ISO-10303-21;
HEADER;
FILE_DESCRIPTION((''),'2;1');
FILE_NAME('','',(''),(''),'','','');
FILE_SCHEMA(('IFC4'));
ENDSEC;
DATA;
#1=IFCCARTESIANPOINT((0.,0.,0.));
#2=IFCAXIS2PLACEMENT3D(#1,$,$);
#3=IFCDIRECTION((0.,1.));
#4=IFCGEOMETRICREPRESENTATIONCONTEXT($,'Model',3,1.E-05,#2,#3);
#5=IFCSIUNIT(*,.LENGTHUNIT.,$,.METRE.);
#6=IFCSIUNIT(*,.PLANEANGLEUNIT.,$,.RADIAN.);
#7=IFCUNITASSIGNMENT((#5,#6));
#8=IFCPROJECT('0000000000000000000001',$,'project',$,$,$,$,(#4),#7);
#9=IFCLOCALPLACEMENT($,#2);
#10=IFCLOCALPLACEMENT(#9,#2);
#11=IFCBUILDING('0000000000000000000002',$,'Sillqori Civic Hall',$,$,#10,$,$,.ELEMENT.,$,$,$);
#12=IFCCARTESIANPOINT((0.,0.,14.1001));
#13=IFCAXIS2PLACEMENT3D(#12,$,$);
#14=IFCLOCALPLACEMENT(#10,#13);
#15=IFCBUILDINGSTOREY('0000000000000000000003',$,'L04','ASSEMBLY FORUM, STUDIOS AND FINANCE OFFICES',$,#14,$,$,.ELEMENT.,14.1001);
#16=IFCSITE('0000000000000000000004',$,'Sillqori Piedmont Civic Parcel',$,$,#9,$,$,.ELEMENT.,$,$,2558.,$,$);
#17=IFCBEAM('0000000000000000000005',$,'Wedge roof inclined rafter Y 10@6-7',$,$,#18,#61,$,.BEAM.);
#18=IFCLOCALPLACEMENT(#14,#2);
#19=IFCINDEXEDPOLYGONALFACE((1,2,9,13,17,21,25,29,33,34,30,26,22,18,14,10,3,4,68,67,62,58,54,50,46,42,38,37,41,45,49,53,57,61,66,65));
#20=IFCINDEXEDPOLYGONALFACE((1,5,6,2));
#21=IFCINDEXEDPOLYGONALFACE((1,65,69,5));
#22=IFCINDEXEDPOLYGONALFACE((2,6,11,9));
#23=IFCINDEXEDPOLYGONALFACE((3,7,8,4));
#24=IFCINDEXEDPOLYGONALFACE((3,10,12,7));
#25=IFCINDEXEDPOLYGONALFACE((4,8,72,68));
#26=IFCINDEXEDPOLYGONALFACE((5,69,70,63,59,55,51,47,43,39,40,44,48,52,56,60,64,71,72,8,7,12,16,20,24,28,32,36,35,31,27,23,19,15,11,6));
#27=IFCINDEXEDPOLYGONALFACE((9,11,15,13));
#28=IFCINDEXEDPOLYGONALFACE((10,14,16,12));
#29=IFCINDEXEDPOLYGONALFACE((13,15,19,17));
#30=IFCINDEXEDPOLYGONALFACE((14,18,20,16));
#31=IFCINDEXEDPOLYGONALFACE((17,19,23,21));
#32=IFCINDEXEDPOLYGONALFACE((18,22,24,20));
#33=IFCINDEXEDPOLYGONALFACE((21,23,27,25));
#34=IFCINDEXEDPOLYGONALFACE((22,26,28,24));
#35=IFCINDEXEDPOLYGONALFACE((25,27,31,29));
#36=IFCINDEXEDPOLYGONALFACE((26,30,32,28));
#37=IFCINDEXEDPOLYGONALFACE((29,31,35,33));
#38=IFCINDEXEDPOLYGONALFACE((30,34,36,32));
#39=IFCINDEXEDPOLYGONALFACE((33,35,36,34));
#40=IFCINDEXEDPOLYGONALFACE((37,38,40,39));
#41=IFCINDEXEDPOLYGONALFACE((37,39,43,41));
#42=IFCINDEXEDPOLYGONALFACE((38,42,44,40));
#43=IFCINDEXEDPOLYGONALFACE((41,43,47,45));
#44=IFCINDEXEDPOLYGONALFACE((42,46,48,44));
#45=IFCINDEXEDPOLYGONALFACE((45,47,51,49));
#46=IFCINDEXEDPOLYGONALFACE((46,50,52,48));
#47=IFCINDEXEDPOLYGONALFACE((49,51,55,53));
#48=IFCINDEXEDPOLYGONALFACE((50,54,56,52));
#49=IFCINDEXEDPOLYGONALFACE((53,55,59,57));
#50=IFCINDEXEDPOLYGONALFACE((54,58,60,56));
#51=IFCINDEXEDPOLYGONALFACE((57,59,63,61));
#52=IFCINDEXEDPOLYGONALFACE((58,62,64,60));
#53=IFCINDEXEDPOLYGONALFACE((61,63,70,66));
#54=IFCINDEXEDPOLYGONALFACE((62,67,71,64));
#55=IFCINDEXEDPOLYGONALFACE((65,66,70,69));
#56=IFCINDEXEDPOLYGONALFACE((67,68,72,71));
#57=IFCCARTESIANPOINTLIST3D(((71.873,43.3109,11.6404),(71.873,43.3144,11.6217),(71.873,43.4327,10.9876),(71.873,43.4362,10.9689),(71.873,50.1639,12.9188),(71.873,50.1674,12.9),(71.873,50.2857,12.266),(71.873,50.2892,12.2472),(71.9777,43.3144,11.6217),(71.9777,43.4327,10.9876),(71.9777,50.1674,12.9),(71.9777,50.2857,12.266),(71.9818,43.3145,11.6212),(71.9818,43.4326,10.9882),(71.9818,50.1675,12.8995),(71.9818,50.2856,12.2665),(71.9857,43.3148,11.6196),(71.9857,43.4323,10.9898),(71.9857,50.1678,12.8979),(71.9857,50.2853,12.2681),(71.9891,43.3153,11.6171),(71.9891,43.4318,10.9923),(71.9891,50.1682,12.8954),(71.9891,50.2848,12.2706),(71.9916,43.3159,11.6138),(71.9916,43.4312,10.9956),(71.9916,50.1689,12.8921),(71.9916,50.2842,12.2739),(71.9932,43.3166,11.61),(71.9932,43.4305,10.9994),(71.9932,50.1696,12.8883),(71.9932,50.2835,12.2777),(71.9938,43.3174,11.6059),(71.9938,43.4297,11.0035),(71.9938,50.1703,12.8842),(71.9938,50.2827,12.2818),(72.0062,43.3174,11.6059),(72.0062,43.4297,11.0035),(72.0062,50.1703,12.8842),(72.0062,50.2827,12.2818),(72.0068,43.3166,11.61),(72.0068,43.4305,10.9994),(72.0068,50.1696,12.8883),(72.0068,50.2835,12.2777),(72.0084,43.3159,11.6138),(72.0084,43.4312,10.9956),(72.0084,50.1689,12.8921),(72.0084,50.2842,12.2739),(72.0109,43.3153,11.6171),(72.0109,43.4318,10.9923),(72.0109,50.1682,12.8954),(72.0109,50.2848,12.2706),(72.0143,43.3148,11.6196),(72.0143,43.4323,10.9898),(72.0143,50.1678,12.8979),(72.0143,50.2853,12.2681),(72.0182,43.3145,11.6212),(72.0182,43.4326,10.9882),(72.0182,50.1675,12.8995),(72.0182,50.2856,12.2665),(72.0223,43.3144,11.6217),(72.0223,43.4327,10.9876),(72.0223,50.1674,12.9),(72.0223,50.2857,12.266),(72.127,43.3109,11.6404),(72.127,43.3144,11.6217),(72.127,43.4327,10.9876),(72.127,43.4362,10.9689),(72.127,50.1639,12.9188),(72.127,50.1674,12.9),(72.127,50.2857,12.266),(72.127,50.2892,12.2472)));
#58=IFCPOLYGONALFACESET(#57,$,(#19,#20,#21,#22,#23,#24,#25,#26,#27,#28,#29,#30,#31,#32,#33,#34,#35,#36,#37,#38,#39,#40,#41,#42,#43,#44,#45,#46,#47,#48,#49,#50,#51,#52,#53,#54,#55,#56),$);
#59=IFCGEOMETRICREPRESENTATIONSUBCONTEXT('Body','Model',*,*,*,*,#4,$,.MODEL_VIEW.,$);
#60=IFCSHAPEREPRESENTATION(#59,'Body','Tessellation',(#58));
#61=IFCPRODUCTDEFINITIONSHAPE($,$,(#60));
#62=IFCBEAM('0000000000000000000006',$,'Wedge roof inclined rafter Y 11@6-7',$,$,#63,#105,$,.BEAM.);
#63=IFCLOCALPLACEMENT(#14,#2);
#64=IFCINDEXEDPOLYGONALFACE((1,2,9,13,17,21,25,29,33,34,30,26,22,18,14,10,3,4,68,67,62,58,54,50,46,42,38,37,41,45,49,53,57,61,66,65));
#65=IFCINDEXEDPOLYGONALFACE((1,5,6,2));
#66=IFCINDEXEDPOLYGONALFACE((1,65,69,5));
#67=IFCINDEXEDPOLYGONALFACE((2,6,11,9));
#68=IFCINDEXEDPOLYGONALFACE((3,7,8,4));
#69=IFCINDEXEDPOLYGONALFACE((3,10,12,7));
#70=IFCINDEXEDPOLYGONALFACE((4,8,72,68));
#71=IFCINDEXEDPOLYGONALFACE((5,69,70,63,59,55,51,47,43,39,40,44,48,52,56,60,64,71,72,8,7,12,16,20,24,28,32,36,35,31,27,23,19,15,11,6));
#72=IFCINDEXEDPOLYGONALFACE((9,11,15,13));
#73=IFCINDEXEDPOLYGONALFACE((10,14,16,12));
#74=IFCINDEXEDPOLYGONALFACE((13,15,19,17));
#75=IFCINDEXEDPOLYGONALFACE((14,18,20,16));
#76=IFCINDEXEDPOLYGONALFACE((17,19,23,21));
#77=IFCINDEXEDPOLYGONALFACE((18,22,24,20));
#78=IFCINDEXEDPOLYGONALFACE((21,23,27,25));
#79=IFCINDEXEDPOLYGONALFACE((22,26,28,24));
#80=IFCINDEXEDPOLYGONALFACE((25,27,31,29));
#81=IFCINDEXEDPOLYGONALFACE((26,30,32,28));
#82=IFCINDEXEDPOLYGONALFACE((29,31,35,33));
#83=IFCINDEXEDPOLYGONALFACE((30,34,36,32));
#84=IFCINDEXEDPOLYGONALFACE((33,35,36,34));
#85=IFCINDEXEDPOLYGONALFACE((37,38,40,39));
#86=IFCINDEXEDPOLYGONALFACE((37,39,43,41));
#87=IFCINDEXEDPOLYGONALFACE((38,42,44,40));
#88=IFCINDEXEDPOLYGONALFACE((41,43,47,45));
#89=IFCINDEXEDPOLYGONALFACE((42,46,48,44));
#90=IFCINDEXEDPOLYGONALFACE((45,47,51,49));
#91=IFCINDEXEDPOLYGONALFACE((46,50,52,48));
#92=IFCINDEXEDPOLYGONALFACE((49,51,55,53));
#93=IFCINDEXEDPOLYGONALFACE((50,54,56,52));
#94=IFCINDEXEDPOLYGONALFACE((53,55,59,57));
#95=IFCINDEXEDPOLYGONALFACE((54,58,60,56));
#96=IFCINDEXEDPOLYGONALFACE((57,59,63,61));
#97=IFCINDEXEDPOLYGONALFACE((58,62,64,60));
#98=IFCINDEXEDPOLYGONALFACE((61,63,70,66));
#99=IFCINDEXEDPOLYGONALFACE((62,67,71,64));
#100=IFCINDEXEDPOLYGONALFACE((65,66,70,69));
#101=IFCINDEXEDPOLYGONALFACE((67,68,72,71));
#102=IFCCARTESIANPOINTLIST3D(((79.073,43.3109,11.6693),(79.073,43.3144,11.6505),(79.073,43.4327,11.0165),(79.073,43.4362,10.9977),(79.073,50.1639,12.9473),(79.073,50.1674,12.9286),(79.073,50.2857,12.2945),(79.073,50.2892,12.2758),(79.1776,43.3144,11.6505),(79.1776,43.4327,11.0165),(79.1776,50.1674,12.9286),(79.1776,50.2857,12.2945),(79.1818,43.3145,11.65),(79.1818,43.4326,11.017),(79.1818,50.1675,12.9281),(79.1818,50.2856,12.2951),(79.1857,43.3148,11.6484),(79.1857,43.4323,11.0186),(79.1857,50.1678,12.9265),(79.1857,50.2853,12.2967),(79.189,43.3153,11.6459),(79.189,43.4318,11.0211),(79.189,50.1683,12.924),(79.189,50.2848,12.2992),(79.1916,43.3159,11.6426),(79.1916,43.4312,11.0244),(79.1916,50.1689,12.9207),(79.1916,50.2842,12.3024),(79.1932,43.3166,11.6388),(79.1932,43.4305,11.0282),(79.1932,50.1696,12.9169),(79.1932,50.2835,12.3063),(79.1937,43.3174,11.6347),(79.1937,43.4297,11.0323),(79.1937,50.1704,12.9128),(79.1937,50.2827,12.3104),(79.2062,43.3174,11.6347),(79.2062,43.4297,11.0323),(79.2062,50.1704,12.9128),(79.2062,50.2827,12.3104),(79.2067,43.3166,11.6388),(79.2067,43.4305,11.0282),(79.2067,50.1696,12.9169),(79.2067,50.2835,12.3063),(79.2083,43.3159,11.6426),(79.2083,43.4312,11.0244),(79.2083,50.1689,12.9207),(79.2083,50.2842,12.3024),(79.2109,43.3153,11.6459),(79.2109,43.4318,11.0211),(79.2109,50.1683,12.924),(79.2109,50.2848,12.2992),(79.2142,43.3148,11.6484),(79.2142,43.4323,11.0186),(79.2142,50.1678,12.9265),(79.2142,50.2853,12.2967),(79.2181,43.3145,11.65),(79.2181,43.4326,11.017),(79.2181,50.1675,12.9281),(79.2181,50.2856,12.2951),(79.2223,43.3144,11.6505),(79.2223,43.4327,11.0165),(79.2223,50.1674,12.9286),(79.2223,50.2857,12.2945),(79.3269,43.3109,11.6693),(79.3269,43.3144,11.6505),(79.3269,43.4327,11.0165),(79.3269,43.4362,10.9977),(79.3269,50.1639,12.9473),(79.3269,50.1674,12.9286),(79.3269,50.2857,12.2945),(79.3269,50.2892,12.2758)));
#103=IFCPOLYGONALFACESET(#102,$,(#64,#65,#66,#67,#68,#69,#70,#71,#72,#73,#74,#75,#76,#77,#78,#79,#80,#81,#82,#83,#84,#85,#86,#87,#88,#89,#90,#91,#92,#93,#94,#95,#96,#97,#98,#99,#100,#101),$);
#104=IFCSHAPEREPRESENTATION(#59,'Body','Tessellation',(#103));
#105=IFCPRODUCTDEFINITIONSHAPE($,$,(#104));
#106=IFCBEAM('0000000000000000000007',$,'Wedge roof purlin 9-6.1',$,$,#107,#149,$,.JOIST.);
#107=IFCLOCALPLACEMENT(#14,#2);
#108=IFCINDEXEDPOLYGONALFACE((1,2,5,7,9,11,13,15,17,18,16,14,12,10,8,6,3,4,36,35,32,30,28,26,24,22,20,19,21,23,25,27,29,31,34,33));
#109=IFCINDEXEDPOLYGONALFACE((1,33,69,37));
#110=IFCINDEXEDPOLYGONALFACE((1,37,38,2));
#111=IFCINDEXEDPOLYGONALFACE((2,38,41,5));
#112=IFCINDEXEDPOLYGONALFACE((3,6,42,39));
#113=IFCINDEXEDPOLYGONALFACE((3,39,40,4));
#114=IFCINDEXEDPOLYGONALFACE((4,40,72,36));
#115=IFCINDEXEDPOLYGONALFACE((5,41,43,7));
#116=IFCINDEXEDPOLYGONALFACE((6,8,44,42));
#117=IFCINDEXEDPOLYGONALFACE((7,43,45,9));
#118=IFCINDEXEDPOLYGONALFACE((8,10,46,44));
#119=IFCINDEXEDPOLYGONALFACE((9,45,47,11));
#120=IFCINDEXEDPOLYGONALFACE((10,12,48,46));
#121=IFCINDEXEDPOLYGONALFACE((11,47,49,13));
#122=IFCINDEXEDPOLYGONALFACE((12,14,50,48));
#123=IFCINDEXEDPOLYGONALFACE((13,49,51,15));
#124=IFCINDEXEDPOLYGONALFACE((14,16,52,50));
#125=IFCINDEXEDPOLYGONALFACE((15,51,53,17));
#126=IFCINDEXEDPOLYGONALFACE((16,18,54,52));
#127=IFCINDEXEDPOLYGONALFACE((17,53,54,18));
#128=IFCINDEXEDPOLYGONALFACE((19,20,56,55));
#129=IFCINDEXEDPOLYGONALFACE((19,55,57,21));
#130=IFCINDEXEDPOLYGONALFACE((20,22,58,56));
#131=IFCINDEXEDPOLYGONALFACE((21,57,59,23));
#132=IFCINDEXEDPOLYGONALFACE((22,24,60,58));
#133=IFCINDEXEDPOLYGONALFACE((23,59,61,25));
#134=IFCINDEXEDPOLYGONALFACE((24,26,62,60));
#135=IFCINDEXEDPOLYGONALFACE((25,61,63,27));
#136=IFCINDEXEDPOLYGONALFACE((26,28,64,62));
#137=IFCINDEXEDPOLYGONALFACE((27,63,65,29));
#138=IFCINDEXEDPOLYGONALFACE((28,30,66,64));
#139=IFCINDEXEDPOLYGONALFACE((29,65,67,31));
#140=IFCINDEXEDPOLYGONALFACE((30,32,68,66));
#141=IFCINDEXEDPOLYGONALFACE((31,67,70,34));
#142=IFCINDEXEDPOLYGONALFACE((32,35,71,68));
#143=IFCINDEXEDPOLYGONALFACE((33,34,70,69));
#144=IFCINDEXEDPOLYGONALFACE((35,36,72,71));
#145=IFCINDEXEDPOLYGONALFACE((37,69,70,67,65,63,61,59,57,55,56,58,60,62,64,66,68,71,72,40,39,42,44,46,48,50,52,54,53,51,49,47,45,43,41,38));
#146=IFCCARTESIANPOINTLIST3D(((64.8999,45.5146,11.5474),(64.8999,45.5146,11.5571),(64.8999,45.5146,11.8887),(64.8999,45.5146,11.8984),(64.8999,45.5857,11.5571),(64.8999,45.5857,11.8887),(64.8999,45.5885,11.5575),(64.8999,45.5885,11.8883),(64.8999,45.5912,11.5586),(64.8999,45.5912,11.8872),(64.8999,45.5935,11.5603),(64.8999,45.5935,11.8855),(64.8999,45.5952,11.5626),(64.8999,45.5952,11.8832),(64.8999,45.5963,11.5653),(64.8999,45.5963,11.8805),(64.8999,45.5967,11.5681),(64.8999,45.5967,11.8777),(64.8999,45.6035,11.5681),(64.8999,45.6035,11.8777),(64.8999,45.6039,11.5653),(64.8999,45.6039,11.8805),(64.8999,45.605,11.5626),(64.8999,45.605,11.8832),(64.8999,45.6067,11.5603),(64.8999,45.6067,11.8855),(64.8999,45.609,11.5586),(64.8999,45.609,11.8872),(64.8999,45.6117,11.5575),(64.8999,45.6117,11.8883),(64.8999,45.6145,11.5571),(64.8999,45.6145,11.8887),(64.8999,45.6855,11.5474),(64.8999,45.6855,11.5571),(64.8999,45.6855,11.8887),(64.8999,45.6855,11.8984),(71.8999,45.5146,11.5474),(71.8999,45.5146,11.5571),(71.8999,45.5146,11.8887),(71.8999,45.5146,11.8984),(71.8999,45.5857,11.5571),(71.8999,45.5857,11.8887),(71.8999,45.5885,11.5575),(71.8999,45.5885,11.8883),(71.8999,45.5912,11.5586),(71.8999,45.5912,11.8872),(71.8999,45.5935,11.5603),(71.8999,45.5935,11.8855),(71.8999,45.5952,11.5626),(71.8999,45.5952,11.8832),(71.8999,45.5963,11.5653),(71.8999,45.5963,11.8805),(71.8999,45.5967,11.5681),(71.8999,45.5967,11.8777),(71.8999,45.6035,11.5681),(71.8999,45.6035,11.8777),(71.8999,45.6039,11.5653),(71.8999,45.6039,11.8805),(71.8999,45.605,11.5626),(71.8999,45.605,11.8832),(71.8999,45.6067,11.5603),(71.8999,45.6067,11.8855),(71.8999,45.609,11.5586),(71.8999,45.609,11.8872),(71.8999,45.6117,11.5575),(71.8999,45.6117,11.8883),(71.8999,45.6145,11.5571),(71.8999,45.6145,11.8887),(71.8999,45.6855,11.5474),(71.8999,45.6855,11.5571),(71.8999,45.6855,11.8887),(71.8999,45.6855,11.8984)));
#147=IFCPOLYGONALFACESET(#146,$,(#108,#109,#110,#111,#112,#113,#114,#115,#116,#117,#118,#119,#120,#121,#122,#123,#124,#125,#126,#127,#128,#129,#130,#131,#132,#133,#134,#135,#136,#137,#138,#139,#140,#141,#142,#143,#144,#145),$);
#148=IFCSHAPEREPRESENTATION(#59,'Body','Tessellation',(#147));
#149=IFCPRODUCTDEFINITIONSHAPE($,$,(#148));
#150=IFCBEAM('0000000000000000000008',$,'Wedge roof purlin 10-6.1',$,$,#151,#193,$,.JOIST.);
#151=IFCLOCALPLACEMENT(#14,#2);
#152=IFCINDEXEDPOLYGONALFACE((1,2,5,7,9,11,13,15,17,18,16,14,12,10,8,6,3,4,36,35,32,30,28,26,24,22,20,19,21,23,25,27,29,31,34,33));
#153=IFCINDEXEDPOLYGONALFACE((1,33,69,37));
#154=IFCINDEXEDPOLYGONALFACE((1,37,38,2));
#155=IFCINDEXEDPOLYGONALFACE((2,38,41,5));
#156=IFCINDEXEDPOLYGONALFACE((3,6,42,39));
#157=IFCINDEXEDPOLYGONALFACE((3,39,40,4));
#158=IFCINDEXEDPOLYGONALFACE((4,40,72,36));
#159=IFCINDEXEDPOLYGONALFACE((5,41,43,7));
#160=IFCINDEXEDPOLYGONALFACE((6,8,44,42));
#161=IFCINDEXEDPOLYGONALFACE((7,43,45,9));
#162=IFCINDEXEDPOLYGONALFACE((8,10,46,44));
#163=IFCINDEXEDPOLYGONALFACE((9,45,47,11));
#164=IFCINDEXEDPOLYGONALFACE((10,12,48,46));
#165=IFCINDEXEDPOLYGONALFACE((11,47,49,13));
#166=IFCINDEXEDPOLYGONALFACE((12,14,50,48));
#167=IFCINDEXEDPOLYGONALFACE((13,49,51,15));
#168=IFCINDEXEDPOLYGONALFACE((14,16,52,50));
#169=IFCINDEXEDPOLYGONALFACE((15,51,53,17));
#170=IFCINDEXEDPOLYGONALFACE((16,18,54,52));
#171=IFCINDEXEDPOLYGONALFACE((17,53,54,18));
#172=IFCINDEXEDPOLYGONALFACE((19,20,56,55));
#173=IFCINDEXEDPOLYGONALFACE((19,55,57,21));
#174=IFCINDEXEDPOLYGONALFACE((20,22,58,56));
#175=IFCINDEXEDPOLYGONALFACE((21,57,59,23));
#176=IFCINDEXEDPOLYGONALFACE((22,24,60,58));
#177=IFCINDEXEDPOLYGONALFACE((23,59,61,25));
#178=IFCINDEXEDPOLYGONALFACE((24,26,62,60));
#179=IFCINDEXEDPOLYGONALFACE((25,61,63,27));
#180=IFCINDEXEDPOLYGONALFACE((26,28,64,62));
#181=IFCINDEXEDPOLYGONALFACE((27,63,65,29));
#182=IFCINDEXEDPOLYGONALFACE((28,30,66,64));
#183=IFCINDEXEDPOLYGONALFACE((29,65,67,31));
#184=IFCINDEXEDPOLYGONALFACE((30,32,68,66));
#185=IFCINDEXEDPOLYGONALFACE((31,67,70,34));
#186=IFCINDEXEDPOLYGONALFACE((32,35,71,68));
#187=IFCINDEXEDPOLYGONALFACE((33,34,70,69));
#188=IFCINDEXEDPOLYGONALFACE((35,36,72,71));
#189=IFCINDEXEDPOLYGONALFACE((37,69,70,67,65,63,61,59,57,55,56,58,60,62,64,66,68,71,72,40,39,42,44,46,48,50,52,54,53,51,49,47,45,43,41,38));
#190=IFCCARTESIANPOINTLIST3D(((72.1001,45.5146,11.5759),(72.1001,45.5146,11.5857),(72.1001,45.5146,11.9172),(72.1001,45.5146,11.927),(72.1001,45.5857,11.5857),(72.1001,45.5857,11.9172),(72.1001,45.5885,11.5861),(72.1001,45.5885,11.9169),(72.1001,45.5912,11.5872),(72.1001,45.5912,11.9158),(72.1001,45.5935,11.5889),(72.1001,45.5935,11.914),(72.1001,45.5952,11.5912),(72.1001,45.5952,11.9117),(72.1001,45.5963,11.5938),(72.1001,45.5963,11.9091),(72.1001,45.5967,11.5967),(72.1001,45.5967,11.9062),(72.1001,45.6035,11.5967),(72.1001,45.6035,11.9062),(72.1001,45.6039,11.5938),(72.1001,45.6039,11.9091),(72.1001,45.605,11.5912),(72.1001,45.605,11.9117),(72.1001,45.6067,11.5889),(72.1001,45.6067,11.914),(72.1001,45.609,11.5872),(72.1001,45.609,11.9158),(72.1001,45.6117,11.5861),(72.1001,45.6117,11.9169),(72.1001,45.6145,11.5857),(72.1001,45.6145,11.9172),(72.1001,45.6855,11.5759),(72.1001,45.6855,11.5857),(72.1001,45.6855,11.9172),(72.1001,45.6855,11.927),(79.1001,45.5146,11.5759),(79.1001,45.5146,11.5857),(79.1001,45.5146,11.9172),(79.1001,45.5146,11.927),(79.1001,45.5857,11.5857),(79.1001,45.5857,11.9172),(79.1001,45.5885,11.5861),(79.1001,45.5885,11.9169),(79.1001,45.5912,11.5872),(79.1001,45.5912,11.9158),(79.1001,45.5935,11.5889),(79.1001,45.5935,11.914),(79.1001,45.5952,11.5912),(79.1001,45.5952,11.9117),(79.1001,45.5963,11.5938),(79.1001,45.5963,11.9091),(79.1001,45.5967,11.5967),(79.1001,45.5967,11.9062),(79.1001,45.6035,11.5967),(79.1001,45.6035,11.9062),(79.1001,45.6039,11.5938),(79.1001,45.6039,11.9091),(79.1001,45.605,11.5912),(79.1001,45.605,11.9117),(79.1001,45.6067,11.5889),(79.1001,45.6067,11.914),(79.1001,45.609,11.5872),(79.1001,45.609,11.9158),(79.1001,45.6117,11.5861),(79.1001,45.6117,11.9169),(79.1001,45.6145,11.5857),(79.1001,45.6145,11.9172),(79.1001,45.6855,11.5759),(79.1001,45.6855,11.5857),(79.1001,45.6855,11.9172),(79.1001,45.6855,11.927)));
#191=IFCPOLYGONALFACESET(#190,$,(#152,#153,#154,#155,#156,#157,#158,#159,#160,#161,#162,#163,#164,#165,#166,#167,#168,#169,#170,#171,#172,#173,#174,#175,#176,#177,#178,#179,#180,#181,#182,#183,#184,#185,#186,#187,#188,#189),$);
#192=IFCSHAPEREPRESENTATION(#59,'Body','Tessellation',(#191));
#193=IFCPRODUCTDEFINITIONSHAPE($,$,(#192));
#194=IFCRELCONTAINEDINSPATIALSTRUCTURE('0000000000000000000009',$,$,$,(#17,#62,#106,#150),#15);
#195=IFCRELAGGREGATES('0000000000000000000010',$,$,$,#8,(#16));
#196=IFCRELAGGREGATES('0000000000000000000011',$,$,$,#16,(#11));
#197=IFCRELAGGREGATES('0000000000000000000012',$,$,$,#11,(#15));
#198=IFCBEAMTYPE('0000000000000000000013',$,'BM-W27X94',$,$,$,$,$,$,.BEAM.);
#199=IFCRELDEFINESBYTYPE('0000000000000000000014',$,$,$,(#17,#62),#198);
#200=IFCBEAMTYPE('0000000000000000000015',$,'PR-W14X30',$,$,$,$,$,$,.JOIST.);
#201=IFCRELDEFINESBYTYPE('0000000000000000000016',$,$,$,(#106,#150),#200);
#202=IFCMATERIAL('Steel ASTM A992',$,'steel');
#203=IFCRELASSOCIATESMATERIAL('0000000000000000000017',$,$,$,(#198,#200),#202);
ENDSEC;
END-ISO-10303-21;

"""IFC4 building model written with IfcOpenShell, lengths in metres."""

from ifc_helpers import new_model, si_unit, direction, frame, origin, origin_2d, place, context, subcontext, project, spatial, i_section, extrude, material, material_profile, profile_set, type_object, element, save


model = new_model("IFC4")

# Units and contexts
model_context = context("Model", 3, precision=1e-05, world=origin(), true_north=direction((0.0, 1.0)))
body_context = subcontext(model_context, "Body", "Model", "MODEL_VIEW")
ifc_project = project(units=[si_unit("LENGTHUNIT", "METRE"), si_unit("PLANEANGLEUNIT", "RADIAN")], contexts=[model_context])

# Site, building, storey
site_placement = place(None, origin())
site = spatial("IfcSite", under=ifc_project, at=site_placement, Name="Sillqori Piedmont Civic Parcel", CompositionType="ELEMENT", RefElevation=2558.0)
building_placement = place(site_placement, origin())
building = spatial("IfcBuilding", under=site, at=building_placement, Name="Sillqori Civic Hall", CompositionType="ELEMENT")
storey_placement = place(building_placement, frame((0.0, 0.0, 14.1001)))
storey = spatial("IfcBuildingStorey", under=building, at=storey_placement, Name="L04", Description="ASSEMBLY FORUM, STUDIOS AND FINANCE OFFICES", CompositionType="ELEMENT", Elevation=14.1001)

# Shared definitions
ifc_material_1 = material(Name="Steel ASTM A992", Category="steel")

# Beams
ifc_material_profile_1 = material_profile(ifc_material_1, i_section(OverallWidth=0.2539, OverallDepth=0.6831, WebThickness=0.0125, FlangeThickness=0.019, FilletRadius=0.0161, at=origin_2d()), Name="W27X94")
ifc_profile_set_1 = profile_set([ifc_material_profile_1], Name="Steel ASTM A992")
beam_type_1 = type_object("IfcBeamType", Name="BM-W27X94", PredefinedType="BEAM", material=ifc_profile_set_1)
for number, where, z_axis, x_axis, name in (
    (1, (72.0, 43.3735, 11.3047), (0.0, 0.983044, 0.183371), (-1.0, 0.0, 0.0), "Wedge roof inclined rafter Y 10@6-7"),
    (2, (79.2, 43.3735, 11.3335), (0.0, 0.98305, 0.183337), (-1.0, 0.0, 0.0), "Wedge roof inclined rafter Y 11@6-7"),
):
    element("IfcBeam", number, at=place(storey_placement, frame(where, z_axis=z_axis, x_axis=x_axis)), inside=storey, type_object=beam_type_1, Name=name, PredefinedType="BEAM", context=body_context, shape_type="SweptSolid", body=[
        extrude(i_section(OverallWidth=0.2539, OverallDepth=0.6831, WebThickness=0.0125, FlangeThickness=0.019, FilletRadius=0.0161, at=origin_2d()), origin(), (0.0, 0.0, 1.0), 6.9712),
    ])
ifc_material_profile_2 = material_profile(ifc_material_1, i_section(OverallWidth=0.1709, OverallDepth=0.3511, WebThickness=0.0068, FlangeThickness=0.0098, FilletRadius=0.011, at=origin_2d()), Name="W14X30")
ifc_profile_set_2 = profile_set([ifc_material_profile_2], Name="Steel ASTM A992")
beam_type_2 = type_object("IfcBeamType", Name="PR-W14X30", PredefinedType="JOIST", material=ifc_profile_set_2)
for number, where, z_axis, x_axis, name in (
    (3, (64.8999, 45.6001, 11.7229), (1.0, 0.0, 0.0), (0.0, 1.0, 0.0), "Wedge roof purlin 9-6.1"),
    (4, (72.1001, 45.6001, 11.7515), (1.0, 0.0, 0.0), (0.0, 1.0, 0.0), "Wedge roof purlin 10-6.1"),
):
    element("IfcBeam", number, at=place(storey_placement, frame(where, z_axis=z_axis, x_axis=x_axis)), inside=storey, type_object=beam_type_2, Name=name, PredefinedType="JOIST", context=body_context, shape_type="SweptSolid", body=[
        extrude(i_section(OverallWidth=0.1709, OverallDepth=0.3511, WebThickness=0.0068, FlangeThickness=0.0098, FilletRadius=0.011, at=origin_2d()), origin(), (0.0, 0.0, 1.0), 7.0),
    ])

save(model, "model.ifc")
